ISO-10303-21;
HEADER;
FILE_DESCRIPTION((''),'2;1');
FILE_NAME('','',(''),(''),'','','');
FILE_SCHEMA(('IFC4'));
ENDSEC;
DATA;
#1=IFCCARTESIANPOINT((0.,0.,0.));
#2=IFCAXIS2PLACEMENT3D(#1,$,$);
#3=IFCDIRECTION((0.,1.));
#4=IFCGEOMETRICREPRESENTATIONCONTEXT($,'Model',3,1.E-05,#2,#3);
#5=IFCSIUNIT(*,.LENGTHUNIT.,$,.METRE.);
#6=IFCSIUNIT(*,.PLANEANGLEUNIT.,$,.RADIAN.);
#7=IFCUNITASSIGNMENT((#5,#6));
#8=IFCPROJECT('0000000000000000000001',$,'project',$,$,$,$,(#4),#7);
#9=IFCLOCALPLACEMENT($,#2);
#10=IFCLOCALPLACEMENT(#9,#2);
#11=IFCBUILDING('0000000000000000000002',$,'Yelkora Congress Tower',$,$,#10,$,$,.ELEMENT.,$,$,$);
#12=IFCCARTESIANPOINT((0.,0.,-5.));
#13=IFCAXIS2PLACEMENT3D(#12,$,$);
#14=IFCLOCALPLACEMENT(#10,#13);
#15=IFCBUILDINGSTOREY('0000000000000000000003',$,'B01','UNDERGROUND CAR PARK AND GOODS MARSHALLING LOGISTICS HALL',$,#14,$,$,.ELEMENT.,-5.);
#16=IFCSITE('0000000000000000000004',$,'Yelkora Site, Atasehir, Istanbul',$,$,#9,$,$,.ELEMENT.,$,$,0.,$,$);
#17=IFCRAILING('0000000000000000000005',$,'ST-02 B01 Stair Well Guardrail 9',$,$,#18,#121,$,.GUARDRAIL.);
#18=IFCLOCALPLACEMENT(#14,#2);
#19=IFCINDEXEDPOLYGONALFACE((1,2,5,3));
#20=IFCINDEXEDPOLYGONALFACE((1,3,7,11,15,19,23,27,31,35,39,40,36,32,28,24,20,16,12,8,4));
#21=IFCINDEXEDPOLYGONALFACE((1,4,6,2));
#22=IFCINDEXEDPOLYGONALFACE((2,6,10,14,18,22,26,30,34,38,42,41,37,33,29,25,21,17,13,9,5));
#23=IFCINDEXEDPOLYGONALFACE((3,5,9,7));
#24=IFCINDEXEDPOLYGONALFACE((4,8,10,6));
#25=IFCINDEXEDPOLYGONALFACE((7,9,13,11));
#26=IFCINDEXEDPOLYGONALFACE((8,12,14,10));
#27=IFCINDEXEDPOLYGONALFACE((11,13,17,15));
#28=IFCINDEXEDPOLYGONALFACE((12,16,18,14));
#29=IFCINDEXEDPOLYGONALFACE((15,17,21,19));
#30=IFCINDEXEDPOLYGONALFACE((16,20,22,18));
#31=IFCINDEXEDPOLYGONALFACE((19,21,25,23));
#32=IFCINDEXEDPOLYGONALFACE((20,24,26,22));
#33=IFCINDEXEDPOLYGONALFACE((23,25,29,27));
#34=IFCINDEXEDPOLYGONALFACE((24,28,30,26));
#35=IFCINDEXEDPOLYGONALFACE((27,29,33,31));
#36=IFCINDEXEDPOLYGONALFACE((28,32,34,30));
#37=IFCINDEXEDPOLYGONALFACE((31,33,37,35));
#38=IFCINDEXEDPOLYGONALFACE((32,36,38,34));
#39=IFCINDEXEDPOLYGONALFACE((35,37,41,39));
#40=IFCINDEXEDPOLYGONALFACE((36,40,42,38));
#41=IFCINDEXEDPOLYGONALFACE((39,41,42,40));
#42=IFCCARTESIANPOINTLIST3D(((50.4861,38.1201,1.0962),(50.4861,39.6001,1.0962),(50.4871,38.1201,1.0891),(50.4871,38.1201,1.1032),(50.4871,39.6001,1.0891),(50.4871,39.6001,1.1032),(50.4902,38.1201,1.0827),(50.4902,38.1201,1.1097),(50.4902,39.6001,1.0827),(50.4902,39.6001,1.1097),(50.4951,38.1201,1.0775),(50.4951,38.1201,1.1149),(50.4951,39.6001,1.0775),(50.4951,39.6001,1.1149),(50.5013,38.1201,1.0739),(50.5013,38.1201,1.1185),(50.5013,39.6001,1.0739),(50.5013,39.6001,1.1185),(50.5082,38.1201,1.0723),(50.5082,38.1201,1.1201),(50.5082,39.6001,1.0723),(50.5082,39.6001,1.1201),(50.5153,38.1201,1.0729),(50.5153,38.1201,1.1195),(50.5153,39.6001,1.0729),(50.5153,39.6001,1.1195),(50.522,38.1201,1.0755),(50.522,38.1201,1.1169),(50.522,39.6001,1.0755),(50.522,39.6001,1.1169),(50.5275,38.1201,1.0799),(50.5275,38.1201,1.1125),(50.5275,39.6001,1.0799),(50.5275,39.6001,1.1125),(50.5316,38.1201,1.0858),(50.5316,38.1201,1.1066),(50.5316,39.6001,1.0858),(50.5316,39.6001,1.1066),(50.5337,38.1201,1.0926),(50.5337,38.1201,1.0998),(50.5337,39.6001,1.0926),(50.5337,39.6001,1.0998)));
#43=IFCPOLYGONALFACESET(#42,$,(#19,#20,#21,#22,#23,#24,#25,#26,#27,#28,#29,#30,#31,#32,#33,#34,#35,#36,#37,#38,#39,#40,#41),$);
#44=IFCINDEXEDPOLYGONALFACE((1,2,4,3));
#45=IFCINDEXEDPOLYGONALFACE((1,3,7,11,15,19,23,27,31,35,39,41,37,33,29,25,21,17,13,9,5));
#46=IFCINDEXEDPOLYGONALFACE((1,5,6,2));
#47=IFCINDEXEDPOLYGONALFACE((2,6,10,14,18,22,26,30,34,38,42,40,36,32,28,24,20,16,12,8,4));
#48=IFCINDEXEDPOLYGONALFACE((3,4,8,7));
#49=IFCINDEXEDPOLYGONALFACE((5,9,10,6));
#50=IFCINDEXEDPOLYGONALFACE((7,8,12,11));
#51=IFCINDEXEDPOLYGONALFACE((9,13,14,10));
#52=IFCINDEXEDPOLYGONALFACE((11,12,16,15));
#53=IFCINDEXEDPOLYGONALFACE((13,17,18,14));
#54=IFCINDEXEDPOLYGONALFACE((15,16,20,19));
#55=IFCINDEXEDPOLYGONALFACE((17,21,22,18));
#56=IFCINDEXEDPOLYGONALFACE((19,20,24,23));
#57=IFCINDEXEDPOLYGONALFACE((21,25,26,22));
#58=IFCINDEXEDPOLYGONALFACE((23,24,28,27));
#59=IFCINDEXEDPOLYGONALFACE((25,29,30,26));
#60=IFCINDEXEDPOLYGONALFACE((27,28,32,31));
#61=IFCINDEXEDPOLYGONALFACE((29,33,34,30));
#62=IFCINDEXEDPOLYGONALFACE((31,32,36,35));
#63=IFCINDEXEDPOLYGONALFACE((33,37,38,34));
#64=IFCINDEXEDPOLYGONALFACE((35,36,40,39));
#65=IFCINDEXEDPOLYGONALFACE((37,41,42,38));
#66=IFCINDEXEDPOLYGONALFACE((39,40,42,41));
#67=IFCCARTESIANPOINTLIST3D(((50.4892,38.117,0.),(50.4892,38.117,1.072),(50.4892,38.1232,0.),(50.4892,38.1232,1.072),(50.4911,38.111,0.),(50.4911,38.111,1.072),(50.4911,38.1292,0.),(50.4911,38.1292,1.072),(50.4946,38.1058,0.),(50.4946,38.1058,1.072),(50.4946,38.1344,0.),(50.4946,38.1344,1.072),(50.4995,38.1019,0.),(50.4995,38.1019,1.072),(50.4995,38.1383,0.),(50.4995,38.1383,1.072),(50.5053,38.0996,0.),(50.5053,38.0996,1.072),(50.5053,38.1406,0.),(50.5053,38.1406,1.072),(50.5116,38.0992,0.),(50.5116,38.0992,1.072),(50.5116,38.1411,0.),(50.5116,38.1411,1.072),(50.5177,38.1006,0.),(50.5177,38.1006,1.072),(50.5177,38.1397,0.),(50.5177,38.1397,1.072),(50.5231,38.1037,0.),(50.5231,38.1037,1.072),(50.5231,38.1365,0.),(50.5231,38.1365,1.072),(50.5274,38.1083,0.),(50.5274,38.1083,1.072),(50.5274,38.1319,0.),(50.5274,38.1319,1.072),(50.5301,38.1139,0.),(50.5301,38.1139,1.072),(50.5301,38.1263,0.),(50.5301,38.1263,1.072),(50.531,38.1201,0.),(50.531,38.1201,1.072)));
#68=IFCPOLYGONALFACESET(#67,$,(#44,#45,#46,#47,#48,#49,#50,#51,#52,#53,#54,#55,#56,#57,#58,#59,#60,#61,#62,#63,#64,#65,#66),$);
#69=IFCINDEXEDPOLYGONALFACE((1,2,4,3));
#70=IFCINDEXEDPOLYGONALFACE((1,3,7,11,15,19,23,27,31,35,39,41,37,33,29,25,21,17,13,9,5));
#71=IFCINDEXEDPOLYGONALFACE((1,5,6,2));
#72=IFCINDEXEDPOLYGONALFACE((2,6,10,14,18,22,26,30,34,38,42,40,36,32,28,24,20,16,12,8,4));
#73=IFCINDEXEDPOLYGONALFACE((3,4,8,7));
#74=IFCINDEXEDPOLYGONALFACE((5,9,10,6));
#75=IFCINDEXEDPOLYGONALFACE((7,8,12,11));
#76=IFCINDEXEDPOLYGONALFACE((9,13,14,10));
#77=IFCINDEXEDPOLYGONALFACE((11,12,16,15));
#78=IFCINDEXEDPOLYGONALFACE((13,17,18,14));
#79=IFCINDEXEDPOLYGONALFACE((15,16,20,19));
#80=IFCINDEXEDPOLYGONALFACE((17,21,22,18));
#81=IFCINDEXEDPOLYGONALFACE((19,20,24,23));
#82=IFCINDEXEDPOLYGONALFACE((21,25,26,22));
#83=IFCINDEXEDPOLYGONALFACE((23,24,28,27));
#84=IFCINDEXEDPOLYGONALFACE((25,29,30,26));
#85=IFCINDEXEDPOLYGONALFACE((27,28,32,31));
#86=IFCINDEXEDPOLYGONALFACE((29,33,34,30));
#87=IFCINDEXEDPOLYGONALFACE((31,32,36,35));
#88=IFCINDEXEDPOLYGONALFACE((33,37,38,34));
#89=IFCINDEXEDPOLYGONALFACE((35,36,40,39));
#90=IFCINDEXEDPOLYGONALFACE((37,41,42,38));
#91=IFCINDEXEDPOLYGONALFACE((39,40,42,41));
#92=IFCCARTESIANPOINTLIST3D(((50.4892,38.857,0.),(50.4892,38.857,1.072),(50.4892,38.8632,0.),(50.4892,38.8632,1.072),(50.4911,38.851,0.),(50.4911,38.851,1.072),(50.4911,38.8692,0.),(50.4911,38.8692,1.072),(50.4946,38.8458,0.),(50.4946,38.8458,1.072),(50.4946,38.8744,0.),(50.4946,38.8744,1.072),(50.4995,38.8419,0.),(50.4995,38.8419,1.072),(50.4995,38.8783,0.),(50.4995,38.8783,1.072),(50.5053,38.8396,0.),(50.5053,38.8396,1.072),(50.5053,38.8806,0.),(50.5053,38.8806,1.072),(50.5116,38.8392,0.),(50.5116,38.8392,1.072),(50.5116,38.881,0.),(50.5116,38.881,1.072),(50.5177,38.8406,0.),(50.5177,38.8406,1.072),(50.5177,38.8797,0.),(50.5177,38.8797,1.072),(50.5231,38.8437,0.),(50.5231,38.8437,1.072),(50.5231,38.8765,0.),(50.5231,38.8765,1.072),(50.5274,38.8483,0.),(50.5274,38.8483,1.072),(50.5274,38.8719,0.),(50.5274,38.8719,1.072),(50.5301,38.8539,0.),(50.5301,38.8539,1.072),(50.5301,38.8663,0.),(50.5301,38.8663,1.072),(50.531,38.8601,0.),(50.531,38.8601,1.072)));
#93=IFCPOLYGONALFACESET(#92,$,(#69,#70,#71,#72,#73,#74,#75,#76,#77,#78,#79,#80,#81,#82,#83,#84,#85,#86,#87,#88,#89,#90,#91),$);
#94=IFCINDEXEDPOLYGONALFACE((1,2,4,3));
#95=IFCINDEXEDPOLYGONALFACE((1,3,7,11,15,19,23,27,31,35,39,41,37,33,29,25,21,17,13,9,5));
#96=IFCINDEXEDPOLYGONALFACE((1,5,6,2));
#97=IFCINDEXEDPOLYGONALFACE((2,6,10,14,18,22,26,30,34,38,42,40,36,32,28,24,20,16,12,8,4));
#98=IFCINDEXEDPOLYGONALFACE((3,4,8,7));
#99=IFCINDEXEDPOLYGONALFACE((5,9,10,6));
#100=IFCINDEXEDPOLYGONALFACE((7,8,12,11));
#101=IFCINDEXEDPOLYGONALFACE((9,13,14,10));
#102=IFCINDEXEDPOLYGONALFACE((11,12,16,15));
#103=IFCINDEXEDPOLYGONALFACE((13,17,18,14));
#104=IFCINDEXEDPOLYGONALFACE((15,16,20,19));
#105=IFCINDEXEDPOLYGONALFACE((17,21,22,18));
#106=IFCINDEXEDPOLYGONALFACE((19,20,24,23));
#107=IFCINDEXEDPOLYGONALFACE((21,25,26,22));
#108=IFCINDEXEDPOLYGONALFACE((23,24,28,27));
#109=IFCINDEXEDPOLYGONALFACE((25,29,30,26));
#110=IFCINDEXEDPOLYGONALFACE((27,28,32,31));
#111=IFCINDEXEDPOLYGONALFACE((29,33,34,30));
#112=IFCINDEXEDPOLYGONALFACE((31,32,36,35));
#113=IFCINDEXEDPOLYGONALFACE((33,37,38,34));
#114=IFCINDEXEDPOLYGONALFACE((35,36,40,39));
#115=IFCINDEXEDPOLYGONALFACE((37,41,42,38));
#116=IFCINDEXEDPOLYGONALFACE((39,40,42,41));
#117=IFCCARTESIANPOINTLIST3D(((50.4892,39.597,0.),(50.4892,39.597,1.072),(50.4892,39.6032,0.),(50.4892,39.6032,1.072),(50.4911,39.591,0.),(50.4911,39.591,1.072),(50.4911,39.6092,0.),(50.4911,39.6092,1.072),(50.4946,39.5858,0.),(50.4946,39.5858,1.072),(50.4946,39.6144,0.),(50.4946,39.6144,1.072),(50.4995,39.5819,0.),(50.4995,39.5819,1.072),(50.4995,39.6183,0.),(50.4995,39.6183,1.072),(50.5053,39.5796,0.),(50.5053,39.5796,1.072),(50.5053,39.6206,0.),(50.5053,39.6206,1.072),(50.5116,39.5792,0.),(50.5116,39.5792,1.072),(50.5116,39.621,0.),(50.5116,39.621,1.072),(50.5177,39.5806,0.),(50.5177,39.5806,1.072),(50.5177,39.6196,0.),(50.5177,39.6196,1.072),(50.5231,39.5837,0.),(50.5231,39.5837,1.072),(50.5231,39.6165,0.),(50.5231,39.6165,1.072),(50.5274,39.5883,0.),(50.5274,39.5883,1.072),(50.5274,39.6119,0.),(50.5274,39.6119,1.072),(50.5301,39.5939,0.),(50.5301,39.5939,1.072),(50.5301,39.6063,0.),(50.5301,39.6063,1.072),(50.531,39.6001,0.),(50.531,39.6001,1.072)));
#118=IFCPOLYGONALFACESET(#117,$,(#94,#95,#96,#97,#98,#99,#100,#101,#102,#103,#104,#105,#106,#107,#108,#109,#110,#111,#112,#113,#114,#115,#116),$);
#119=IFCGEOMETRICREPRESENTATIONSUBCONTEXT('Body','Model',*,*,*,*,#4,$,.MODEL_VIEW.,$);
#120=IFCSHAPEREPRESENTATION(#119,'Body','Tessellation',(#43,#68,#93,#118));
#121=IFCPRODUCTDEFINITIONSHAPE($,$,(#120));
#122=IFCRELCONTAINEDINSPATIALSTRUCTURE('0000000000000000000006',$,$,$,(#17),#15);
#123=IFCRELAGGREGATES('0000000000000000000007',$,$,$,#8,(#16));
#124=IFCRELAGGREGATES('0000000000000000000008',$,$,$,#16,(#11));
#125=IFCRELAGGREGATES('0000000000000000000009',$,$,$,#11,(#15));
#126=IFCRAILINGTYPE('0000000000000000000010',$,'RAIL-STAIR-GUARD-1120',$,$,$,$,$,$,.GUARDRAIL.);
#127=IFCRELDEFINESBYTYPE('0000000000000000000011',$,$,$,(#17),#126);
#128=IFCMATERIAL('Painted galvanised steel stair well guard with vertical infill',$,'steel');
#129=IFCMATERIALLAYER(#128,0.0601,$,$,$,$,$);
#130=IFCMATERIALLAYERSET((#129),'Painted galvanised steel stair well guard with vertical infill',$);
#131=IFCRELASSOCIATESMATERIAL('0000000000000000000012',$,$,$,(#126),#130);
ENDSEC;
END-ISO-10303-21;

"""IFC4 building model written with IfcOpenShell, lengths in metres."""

from ifc_helpers import new_model, si_unit, direction, frame, origin, origin_2d, place, context, subcontext, project, spatial, circle, extrude, material, layer, layer_set, type_object, element, save


model = new_model("IFC4")

# Units and contexts
model_context = context("Model", 3, precision=1e-05, world=origin(), true_north=direction((0.0, 1.0)))
body_context = subcontext(model_context, "Body", "Model", "MODEL_VIEW")
ifc_project = project(units=[si_unit("LENGTHUNIT", "METRE"), si_unit("PLANEANGLEUNIT", "RADIAN")], contexts=[model_context])

# Site, building, storey
site_placement = place(None, origin())
site = spatial("IfcSite", under=ifc_project, at=site_placement, Name="Yelkora Site, Atasehir, Istanbul", CompositionType="ELEMENT", RefElevation=0.0)
building_placement = place(site_placement, origin())
building = spatial("IfcBuilding", under=site, at=building_placement, Name="Yelkora Congress Tower", CompositionType="ELEMENT")
storey_placement = place(building_placement, frame((0.0, 0.0, -5.0)))
storey = spatial("IfcBuildingStorey", under=building, at=storey_placement, Name="B01", Description="UNDERGROUND CAR PARK AND GOODS MARSHALLING LOGISTICS HALL", CompositionType="ELEMENT", Elevation=-5.0)

# Railing
ifc_material_1 = material(Name="Painted galvanised steel stair well guard with vertical infill", Category="steel")
ifc_layer_1 = layer(ifc_material_1, 0.0601)
ifc_layer_set_1 = layer_set([ifc_layer_1], Name="Painted galvanised steel stair well guard with vertical infill")
railing_type_1 = type_object("IfcRailingType", Name="RAIL-STAIR-GUARD-1120", PredefinedType="GUARDRAIL", material=ifc_layer_set_1)
for number, where, name in (
    (1, (50.51, 38.1201, 0.0), "ST-02 B01 Stair Well Guardrail 9"),
):
    element("IfcRailing", number, at=place(storey_placement, frame(where)), inside=storey, type_object=railing_type_1, Name=name, PredefinedType="GUARDRAIL", context=body_context, shape_type="SweptSolid", body=[
        extrude(circle(Radius=0.0239, at=origin_2d()), frame((0.0, 0.0, 1.0962), z_axis=(0.0, 1.0, 0.0), x_axis=(-1.0, 0.0, 0.0)), (0.0, 0.0, 1.0), 1.48),
        extrude(circle(Radius=0.021, at=origin_2d()), origin(), (0.0, 0.0, 1.0), 1.072),
        extrude(circle(Radius=0.021, at=origin_2d()), frame((0.0, 0.74, 0.0)), (0.0, 0.0, 1.0), 1.072),
        extrude(circle(Radius=0.021, at=origin_2d()), frame((0.0, 1.48, 0.0)), (0.0, 0.0, 1.0), 1.072),
    ])

save(model, "model.ifc")
